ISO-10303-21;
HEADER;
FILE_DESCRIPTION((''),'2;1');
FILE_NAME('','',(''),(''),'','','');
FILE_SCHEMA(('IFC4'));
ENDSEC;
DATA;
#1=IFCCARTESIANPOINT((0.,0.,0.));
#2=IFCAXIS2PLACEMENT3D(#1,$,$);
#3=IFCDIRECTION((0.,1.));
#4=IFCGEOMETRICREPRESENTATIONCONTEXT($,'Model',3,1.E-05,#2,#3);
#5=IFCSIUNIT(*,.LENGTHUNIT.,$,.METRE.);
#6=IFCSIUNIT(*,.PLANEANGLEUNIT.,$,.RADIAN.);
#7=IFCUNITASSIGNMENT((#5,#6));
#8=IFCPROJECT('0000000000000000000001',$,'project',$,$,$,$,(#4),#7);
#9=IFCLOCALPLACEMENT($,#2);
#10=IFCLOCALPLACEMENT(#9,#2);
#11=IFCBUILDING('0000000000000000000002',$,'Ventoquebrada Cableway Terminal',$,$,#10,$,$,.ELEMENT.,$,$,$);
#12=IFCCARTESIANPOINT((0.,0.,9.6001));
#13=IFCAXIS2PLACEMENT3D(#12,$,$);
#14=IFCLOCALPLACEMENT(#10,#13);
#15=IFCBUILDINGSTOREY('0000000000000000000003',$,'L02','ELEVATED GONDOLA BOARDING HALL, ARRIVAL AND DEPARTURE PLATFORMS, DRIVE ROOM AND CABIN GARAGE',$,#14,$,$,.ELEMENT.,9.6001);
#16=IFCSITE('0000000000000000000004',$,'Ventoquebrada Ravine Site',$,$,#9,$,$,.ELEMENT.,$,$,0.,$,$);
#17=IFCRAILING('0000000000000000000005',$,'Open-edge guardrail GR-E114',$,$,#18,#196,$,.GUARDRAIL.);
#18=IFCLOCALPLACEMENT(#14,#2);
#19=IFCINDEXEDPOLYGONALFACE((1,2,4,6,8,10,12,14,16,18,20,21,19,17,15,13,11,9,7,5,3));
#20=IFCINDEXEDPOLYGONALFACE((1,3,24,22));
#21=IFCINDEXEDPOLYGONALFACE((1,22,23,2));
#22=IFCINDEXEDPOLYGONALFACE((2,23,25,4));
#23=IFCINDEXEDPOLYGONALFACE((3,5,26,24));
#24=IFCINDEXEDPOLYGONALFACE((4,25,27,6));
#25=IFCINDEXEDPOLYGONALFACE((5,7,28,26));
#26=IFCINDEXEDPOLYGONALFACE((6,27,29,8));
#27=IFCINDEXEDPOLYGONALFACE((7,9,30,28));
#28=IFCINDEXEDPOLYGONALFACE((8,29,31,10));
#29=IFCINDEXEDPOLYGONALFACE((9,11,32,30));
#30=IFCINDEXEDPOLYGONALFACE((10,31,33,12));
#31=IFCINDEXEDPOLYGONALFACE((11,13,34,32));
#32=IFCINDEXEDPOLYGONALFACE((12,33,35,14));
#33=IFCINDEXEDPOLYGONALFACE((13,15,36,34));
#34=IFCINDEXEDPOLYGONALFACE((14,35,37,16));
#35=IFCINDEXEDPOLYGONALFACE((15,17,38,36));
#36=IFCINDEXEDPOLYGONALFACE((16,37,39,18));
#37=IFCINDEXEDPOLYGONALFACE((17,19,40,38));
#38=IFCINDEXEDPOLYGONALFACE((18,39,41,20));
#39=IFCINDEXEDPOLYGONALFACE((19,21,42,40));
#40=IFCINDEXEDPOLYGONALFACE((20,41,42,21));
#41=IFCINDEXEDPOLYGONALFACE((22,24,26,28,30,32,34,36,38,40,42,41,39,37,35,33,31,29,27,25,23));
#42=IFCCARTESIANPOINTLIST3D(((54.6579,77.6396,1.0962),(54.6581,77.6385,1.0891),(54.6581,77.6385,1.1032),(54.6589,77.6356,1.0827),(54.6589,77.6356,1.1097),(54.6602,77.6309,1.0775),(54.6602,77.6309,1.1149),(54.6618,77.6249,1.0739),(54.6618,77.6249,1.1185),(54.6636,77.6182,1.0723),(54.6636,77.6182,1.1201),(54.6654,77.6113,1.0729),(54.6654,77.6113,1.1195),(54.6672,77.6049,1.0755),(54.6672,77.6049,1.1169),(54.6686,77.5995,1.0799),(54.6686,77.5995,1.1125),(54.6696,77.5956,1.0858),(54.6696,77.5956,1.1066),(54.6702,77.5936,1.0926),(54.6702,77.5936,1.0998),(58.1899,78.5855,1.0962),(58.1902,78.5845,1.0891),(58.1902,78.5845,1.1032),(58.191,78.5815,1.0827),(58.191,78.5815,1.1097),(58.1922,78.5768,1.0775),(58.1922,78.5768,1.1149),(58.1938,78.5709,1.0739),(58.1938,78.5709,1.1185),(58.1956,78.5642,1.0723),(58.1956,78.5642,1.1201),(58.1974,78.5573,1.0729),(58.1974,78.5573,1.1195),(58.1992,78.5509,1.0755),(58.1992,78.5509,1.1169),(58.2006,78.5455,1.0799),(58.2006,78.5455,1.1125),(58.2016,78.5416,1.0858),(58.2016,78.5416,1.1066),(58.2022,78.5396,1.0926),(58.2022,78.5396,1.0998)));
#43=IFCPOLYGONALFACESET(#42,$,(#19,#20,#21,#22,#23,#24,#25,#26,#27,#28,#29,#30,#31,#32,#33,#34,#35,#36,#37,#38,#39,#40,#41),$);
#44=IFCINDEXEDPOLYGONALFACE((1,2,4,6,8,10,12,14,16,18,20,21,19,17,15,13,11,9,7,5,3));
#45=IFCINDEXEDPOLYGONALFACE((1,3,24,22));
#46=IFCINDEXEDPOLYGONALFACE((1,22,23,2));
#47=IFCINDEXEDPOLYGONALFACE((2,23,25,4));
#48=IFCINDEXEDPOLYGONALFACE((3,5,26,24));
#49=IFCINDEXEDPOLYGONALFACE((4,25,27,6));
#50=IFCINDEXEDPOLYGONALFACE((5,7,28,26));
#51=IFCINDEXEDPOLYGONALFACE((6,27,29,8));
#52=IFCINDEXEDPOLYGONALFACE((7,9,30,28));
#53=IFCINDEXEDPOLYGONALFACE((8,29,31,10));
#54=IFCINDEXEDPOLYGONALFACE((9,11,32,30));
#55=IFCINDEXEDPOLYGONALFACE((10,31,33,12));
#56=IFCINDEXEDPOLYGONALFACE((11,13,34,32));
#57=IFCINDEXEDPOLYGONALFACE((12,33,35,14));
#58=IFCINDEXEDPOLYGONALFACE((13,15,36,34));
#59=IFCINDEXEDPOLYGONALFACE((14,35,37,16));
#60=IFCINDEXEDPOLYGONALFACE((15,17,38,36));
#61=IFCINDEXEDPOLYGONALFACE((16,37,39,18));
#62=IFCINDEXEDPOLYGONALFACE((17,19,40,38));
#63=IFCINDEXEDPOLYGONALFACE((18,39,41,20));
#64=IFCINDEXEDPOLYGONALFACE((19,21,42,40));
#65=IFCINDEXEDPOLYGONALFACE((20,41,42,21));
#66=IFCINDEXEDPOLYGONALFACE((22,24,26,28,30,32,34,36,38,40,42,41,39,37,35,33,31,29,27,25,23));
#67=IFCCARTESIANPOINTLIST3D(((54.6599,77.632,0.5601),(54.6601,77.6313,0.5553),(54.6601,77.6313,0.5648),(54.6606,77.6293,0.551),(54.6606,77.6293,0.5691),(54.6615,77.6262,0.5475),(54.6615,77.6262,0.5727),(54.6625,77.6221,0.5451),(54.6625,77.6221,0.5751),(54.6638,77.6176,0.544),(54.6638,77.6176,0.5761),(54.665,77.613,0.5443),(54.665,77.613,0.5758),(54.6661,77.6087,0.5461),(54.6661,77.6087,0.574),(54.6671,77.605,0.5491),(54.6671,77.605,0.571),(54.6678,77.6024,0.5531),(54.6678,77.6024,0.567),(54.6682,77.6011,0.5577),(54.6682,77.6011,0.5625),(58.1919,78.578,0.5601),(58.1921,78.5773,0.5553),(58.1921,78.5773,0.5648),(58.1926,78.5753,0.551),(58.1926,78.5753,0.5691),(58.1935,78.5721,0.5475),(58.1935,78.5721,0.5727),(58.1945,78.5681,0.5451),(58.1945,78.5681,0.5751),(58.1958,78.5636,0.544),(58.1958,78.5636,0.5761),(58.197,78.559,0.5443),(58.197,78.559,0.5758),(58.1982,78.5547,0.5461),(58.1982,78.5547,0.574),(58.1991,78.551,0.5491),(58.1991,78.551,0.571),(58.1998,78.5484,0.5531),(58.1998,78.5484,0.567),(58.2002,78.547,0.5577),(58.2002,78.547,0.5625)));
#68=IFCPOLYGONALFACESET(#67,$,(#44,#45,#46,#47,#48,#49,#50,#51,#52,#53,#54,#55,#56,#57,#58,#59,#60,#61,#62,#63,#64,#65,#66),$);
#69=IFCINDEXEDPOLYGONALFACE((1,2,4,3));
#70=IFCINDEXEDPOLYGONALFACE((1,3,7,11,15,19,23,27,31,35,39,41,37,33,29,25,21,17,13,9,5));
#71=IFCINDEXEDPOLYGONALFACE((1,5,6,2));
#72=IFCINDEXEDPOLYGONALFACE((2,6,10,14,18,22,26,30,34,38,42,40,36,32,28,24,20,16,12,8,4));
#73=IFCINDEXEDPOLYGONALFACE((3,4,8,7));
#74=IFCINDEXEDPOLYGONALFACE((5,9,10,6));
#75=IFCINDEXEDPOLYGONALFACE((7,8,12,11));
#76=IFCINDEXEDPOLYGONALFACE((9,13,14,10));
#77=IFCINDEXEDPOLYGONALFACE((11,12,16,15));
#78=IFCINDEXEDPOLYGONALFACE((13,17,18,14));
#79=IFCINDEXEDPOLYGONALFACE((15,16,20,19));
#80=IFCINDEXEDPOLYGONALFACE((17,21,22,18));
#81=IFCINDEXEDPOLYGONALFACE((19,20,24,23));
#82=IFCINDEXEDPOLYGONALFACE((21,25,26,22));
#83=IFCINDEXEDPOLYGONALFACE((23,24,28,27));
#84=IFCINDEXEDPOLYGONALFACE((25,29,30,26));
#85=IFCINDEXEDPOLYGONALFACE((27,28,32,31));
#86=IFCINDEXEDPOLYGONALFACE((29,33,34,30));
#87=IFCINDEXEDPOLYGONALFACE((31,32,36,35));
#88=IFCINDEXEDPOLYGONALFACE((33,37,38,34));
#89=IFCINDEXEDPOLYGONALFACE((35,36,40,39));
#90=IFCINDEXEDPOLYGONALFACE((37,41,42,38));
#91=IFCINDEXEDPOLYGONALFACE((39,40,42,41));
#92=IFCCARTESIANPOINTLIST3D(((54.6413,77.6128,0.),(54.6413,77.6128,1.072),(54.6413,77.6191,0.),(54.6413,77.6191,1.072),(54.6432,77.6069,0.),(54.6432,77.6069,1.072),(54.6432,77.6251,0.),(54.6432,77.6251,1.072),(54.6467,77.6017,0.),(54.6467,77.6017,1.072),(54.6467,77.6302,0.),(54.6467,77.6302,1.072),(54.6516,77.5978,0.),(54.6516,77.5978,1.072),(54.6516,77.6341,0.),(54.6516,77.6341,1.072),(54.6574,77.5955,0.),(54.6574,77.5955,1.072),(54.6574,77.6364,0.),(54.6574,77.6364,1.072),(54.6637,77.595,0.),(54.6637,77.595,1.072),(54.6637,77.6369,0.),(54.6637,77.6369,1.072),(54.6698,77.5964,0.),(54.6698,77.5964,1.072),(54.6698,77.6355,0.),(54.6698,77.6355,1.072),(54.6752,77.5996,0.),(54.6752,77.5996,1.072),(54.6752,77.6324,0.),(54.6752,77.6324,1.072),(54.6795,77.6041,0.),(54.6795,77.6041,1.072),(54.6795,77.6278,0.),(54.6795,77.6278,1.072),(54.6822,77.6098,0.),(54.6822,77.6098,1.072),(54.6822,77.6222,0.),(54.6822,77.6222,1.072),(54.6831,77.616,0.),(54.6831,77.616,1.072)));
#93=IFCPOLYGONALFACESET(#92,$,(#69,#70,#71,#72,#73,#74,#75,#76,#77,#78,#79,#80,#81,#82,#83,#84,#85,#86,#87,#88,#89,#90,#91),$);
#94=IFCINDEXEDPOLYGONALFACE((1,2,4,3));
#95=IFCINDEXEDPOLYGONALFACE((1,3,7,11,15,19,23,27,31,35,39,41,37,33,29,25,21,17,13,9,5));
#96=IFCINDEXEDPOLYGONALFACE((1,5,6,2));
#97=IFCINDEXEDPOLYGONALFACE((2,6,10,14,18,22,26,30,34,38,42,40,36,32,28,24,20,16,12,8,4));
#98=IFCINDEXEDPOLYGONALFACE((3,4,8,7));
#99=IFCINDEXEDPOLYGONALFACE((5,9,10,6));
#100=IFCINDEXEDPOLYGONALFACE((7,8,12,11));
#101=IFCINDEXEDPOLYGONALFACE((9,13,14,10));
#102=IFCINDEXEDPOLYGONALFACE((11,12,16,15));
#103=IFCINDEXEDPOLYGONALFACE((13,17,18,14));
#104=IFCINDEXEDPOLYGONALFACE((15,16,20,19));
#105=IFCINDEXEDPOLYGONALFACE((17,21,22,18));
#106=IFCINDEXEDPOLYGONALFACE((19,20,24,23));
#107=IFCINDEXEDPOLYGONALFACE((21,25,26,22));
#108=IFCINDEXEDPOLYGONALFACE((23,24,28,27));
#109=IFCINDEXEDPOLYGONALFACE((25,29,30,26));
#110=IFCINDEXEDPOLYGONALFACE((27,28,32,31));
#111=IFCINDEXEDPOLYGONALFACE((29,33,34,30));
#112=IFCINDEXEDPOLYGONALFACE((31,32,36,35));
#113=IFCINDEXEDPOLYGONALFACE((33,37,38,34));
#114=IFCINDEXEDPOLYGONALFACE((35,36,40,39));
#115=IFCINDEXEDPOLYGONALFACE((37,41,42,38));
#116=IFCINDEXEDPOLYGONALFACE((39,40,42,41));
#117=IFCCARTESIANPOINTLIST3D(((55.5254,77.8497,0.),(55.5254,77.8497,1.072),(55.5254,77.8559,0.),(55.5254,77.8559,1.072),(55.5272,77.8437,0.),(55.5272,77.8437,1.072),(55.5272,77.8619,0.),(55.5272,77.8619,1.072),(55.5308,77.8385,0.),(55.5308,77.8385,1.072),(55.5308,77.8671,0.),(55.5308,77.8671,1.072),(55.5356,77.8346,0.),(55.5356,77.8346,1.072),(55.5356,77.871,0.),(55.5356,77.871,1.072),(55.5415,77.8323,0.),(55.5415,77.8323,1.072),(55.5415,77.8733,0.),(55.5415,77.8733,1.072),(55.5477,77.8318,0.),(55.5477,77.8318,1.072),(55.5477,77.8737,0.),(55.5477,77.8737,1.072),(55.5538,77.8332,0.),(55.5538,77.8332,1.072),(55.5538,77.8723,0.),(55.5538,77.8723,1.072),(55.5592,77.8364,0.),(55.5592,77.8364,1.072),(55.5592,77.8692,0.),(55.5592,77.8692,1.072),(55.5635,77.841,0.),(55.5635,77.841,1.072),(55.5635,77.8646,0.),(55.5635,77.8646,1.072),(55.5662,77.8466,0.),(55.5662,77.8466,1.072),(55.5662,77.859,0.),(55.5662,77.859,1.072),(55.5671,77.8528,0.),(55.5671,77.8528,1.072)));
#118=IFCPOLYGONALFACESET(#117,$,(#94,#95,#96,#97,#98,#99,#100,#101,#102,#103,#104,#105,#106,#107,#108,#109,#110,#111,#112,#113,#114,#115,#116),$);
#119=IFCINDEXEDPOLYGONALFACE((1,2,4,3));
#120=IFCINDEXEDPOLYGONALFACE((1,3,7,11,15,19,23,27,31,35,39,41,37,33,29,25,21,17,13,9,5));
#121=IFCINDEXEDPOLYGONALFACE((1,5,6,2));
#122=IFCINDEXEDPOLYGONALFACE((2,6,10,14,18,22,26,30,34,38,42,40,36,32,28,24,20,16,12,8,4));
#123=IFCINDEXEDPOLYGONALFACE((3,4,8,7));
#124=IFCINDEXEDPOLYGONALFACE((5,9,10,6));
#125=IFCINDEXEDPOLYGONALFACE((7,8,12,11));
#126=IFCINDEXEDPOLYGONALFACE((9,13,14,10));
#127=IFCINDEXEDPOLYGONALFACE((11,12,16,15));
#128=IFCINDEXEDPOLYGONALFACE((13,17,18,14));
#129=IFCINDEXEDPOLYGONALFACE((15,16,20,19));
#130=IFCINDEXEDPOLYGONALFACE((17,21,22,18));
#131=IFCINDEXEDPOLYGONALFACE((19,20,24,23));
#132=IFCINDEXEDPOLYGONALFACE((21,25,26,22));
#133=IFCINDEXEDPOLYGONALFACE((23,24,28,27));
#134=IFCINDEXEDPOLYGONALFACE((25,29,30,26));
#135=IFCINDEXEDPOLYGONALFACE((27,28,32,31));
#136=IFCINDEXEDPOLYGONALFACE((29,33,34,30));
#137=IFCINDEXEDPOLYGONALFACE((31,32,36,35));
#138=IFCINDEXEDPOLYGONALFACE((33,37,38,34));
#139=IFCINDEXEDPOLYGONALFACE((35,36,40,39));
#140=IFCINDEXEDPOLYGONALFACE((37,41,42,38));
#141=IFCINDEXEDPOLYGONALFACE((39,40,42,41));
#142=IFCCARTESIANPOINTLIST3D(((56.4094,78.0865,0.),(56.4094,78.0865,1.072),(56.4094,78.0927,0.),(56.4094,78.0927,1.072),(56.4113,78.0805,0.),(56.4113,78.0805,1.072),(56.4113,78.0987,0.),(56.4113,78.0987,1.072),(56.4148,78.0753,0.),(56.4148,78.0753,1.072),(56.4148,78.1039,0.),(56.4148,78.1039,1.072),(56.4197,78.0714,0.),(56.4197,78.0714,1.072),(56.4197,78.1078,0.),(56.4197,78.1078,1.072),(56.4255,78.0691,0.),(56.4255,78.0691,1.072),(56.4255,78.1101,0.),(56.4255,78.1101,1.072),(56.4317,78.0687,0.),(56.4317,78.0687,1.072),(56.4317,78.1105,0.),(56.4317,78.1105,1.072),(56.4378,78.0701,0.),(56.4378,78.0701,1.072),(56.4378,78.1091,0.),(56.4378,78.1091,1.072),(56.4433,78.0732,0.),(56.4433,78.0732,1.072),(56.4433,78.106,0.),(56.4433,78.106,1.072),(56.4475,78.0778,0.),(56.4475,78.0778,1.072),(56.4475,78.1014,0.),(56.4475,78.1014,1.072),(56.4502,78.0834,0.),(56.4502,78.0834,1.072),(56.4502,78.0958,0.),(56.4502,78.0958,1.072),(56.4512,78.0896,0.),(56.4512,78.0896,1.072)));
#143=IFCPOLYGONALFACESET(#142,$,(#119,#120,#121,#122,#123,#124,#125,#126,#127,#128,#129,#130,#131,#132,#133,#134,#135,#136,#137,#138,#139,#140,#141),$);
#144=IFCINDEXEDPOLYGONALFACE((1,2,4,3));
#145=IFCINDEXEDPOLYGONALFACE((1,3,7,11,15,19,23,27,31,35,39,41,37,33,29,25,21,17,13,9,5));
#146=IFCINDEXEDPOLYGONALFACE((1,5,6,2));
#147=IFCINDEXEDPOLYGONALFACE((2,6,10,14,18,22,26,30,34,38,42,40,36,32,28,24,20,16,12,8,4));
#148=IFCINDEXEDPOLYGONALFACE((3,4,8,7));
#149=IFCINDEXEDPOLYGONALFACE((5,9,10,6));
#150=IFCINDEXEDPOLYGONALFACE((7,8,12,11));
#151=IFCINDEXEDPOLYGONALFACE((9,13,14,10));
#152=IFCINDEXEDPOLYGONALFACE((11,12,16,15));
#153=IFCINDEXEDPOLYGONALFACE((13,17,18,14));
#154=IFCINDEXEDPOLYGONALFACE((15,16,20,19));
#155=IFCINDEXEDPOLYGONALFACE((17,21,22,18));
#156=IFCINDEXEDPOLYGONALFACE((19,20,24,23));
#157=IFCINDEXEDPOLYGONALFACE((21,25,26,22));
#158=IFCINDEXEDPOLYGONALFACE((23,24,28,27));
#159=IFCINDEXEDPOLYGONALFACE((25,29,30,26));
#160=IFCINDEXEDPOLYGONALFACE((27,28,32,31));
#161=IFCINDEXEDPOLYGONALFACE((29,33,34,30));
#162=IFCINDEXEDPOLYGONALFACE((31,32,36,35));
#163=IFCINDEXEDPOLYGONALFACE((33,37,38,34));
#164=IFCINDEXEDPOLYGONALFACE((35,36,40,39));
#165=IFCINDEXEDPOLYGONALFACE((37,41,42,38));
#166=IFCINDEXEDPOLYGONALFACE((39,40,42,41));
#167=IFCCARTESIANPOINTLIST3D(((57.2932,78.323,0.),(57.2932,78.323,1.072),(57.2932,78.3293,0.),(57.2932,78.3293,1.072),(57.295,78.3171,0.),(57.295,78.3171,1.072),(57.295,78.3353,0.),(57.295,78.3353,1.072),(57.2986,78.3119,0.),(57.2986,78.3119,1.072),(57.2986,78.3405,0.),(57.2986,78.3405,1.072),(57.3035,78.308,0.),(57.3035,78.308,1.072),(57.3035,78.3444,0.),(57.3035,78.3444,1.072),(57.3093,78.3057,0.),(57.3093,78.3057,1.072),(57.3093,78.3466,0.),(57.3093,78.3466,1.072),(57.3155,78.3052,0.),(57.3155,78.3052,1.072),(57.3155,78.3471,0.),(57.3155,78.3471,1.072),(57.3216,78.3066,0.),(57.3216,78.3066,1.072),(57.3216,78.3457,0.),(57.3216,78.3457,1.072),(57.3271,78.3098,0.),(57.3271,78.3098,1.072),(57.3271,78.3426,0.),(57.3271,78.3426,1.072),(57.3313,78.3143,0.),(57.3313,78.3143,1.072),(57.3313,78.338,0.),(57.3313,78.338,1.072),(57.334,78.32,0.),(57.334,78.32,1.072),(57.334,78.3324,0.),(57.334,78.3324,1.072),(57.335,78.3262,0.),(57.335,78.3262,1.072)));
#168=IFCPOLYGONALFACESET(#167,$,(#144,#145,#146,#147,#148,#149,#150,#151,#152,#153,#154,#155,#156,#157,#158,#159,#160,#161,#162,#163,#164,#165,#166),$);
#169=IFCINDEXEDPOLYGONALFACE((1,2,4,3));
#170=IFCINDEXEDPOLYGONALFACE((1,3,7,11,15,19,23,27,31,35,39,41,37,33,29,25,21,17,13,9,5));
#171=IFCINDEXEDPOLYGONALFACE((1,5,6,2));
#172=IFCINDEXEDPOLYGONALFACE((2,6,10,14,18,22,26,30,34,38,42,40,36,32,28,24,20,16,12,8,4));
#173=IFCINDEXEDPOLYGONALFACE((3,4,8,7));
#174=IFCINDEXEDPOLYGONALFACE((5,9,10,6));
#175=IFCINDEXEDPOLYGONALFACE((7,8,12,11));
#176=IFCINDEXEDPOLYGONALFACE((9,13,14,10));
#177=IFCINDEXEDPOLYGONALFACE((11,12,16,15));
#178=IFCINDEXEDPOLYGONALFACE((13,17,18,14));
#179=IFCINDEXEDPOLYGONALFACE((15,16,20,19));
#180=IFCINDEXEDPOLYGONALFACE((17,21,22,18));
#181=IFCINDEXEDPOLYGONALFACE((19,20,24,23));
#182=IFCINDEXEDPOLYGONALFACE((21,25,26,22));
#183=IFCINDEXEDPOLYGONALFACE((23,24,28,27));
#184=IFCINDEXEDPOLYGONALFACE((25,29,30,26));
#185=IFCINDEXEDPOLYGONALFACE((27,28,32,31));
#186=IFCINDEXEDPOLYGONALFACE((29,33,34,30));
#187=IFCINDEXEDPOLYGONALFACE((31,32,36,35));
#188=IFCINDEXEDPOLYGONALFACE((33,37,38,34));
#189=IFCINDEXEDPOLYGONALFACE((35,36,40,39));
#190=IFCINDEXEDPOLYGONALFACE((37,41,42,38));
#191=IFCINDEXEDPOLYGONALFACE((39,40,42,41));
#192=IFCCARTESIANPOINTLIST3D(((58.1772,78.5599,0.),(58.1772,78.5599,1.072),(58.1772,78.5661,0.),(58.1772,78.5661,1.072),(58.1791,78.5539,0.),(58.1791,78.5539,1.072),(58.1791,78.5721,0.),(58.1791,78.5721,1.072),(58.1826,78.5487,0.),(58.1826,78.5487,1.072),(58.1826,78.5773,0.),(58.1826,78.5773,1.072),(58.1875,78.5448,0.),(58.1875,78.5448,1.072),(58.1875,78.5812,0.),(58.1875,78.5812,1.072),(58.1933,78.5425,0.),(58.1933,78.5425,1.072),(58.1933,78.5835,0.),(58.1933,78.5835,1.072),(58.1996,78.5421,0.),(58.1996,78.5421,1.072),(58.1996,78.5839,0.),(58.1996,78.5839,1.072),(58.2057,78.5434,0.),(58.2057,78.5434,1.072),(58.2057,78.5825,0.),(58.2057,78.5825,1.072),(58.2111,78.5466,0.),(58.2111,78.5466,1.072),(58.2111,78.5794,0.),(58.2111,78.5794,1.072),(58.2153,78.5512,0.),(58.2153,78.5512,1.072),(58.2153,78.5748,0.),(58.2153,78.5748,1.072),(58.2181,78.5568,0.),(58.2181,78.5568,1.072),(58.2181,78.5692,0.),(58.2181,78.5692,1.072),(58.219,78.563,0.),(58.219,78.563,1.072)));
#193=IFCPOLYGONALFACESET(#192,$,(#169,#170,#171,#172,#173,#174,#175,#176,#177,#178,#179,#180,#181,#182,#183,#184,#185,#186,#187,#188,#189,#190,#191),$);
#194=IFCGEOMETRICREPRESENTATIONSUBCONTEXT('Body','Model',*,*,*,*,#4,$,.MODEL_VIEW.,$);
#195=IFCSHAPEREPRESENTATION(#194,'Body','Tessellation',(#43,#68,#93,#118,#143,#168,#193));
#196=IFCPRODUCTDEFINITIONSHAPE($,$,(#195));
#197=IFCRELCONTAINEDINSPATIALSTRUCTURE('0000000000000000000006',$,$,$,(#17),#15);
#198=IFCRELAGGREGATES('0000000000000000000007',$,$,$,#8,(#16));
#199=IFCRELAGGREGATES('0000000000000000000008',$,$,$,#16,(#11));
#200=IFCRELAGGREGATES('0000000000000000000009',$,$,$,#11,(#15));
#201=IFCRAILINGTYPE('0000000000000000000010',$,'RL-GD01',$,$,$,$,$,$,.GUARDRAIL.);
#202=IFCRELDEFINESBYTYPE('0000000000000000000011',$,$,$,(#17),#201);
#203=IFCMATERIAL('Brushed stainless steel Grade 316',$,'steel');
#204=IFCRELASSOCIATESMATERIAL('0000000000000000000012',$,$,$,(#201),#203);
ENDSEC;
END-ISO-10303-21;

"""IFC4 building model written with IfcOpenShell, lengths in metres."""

from ifc_helpers import new_model, si_unit, direction, frame, origin, origin_2d, place, context, subcontext, project, spatial, circle, extrude, material, type_object, element, save


model = new_model("IFC4")

# Units and contexts
model_context = context("Model", 3, precision=1e-05, world=origin(), true_north=direction((0.0, 1.0)))
body_context = subcontext(model_context, "Body", "Model", "MODEL_VIEW")
ifc_project = project(units=[si_unit("LENGTHUNIT", "METRE"), si_unit("PLANEANGLEUNIT", "RADIAN")], contexts=[model_context])

# Site, building, storey
site_placement = place(None, origin())
site = spatial("IfcSite", under=ifc_project, at=site_placement, Name="Ventoquebrada Ravine Site", CompositionType="ELEMENT", RefElevation=0.0)
building_placement = place(site_placement, origin())
building = spatial("IfcBuilding", under=site, at=building_placement, Name="Ventoquebrada Cableway Terminal", CompositionType="ELEMENT")
storey_placement = place(building_placement, frame((0.0, 0.0, 9.6001)))
storey = spatial("IfcBuildingStorey", under=building, at=storey_placement, Name="L02", Description="ELEVATED GONDOLA BOARDING HALL, ARRIVAL AND DEPARTURE PLATFORMS, DRIVE ROOM AND CABIN GARAGE", CompositionType="ELEMENT", Elevation=9.6001)

# Railing
ifc_material_1 = material(Name="Brushed stainless steel Grade 316", Category="steel")
railing_type_1 = type_object("IfcRailingType", Name="RL-GD01", PredefinedType="GUARDRAIL", material=ifc_material_1)
railing_1_placement = place(storey_placement, frame((54.6621, 77.616, 0.0)))
element("IfcRailing", 1, at=railing_1_placement, inside=storey, type_object=railing_type_1, Name="Open-edge guardrail GR-E114", PredefinedType="GUARDRAIL", context=body_context, shape_type="SweptSolid", body=[
    extrude(circle(Radius=0.0239, at=origin_2d()), frame((0.002, 0.0005, 1.0962), z_axis=(0.965954, 0.258713, 0.0), x_axis=(-0.258713, 0.965954, 0.0)), (0.0, 0.0, 1.0), 3.6565),
    extrude(circle(Radius=0.0161, at=origin_2d()), frame((0.002, 0.0005, 0.5601), z_axis=(0.965954, 0.258713, 0.0), x_axis=(-0.258713, 0.965954, 0.0)), (0.0, 0.0, 1.0), 3.6565),
    extrude(circle(Radius=0.021, at=origin_2d()), origin(), (0.0, 0.0, 1.0), 1.072),
    extrude(circle(Radius=0.021, at=origin_2d()), frame((0.884, 0.2368, 0.0)), (0.0, 0.0, 1.0), 1.072),
    extrude(circle(Radius=0.021, at=origin_2d()), frame((1.7681, 0.4736, 0.0)), (0.0, 0.0, 1.0), 1.072),
    extrude(circle(Radius=0.021, at=origin_2d()), frame((2.6519, 0.7102, 0.0)), (0.0, 0.0, 1.0), 1.072),
    extrude(circle(Radius=0.021, at=origin_2d()), frame((3.5359, 0.947, 0.0)), (0.0, 0.0, 1.0), 1.072),
])

save(model, "model.ifc")
